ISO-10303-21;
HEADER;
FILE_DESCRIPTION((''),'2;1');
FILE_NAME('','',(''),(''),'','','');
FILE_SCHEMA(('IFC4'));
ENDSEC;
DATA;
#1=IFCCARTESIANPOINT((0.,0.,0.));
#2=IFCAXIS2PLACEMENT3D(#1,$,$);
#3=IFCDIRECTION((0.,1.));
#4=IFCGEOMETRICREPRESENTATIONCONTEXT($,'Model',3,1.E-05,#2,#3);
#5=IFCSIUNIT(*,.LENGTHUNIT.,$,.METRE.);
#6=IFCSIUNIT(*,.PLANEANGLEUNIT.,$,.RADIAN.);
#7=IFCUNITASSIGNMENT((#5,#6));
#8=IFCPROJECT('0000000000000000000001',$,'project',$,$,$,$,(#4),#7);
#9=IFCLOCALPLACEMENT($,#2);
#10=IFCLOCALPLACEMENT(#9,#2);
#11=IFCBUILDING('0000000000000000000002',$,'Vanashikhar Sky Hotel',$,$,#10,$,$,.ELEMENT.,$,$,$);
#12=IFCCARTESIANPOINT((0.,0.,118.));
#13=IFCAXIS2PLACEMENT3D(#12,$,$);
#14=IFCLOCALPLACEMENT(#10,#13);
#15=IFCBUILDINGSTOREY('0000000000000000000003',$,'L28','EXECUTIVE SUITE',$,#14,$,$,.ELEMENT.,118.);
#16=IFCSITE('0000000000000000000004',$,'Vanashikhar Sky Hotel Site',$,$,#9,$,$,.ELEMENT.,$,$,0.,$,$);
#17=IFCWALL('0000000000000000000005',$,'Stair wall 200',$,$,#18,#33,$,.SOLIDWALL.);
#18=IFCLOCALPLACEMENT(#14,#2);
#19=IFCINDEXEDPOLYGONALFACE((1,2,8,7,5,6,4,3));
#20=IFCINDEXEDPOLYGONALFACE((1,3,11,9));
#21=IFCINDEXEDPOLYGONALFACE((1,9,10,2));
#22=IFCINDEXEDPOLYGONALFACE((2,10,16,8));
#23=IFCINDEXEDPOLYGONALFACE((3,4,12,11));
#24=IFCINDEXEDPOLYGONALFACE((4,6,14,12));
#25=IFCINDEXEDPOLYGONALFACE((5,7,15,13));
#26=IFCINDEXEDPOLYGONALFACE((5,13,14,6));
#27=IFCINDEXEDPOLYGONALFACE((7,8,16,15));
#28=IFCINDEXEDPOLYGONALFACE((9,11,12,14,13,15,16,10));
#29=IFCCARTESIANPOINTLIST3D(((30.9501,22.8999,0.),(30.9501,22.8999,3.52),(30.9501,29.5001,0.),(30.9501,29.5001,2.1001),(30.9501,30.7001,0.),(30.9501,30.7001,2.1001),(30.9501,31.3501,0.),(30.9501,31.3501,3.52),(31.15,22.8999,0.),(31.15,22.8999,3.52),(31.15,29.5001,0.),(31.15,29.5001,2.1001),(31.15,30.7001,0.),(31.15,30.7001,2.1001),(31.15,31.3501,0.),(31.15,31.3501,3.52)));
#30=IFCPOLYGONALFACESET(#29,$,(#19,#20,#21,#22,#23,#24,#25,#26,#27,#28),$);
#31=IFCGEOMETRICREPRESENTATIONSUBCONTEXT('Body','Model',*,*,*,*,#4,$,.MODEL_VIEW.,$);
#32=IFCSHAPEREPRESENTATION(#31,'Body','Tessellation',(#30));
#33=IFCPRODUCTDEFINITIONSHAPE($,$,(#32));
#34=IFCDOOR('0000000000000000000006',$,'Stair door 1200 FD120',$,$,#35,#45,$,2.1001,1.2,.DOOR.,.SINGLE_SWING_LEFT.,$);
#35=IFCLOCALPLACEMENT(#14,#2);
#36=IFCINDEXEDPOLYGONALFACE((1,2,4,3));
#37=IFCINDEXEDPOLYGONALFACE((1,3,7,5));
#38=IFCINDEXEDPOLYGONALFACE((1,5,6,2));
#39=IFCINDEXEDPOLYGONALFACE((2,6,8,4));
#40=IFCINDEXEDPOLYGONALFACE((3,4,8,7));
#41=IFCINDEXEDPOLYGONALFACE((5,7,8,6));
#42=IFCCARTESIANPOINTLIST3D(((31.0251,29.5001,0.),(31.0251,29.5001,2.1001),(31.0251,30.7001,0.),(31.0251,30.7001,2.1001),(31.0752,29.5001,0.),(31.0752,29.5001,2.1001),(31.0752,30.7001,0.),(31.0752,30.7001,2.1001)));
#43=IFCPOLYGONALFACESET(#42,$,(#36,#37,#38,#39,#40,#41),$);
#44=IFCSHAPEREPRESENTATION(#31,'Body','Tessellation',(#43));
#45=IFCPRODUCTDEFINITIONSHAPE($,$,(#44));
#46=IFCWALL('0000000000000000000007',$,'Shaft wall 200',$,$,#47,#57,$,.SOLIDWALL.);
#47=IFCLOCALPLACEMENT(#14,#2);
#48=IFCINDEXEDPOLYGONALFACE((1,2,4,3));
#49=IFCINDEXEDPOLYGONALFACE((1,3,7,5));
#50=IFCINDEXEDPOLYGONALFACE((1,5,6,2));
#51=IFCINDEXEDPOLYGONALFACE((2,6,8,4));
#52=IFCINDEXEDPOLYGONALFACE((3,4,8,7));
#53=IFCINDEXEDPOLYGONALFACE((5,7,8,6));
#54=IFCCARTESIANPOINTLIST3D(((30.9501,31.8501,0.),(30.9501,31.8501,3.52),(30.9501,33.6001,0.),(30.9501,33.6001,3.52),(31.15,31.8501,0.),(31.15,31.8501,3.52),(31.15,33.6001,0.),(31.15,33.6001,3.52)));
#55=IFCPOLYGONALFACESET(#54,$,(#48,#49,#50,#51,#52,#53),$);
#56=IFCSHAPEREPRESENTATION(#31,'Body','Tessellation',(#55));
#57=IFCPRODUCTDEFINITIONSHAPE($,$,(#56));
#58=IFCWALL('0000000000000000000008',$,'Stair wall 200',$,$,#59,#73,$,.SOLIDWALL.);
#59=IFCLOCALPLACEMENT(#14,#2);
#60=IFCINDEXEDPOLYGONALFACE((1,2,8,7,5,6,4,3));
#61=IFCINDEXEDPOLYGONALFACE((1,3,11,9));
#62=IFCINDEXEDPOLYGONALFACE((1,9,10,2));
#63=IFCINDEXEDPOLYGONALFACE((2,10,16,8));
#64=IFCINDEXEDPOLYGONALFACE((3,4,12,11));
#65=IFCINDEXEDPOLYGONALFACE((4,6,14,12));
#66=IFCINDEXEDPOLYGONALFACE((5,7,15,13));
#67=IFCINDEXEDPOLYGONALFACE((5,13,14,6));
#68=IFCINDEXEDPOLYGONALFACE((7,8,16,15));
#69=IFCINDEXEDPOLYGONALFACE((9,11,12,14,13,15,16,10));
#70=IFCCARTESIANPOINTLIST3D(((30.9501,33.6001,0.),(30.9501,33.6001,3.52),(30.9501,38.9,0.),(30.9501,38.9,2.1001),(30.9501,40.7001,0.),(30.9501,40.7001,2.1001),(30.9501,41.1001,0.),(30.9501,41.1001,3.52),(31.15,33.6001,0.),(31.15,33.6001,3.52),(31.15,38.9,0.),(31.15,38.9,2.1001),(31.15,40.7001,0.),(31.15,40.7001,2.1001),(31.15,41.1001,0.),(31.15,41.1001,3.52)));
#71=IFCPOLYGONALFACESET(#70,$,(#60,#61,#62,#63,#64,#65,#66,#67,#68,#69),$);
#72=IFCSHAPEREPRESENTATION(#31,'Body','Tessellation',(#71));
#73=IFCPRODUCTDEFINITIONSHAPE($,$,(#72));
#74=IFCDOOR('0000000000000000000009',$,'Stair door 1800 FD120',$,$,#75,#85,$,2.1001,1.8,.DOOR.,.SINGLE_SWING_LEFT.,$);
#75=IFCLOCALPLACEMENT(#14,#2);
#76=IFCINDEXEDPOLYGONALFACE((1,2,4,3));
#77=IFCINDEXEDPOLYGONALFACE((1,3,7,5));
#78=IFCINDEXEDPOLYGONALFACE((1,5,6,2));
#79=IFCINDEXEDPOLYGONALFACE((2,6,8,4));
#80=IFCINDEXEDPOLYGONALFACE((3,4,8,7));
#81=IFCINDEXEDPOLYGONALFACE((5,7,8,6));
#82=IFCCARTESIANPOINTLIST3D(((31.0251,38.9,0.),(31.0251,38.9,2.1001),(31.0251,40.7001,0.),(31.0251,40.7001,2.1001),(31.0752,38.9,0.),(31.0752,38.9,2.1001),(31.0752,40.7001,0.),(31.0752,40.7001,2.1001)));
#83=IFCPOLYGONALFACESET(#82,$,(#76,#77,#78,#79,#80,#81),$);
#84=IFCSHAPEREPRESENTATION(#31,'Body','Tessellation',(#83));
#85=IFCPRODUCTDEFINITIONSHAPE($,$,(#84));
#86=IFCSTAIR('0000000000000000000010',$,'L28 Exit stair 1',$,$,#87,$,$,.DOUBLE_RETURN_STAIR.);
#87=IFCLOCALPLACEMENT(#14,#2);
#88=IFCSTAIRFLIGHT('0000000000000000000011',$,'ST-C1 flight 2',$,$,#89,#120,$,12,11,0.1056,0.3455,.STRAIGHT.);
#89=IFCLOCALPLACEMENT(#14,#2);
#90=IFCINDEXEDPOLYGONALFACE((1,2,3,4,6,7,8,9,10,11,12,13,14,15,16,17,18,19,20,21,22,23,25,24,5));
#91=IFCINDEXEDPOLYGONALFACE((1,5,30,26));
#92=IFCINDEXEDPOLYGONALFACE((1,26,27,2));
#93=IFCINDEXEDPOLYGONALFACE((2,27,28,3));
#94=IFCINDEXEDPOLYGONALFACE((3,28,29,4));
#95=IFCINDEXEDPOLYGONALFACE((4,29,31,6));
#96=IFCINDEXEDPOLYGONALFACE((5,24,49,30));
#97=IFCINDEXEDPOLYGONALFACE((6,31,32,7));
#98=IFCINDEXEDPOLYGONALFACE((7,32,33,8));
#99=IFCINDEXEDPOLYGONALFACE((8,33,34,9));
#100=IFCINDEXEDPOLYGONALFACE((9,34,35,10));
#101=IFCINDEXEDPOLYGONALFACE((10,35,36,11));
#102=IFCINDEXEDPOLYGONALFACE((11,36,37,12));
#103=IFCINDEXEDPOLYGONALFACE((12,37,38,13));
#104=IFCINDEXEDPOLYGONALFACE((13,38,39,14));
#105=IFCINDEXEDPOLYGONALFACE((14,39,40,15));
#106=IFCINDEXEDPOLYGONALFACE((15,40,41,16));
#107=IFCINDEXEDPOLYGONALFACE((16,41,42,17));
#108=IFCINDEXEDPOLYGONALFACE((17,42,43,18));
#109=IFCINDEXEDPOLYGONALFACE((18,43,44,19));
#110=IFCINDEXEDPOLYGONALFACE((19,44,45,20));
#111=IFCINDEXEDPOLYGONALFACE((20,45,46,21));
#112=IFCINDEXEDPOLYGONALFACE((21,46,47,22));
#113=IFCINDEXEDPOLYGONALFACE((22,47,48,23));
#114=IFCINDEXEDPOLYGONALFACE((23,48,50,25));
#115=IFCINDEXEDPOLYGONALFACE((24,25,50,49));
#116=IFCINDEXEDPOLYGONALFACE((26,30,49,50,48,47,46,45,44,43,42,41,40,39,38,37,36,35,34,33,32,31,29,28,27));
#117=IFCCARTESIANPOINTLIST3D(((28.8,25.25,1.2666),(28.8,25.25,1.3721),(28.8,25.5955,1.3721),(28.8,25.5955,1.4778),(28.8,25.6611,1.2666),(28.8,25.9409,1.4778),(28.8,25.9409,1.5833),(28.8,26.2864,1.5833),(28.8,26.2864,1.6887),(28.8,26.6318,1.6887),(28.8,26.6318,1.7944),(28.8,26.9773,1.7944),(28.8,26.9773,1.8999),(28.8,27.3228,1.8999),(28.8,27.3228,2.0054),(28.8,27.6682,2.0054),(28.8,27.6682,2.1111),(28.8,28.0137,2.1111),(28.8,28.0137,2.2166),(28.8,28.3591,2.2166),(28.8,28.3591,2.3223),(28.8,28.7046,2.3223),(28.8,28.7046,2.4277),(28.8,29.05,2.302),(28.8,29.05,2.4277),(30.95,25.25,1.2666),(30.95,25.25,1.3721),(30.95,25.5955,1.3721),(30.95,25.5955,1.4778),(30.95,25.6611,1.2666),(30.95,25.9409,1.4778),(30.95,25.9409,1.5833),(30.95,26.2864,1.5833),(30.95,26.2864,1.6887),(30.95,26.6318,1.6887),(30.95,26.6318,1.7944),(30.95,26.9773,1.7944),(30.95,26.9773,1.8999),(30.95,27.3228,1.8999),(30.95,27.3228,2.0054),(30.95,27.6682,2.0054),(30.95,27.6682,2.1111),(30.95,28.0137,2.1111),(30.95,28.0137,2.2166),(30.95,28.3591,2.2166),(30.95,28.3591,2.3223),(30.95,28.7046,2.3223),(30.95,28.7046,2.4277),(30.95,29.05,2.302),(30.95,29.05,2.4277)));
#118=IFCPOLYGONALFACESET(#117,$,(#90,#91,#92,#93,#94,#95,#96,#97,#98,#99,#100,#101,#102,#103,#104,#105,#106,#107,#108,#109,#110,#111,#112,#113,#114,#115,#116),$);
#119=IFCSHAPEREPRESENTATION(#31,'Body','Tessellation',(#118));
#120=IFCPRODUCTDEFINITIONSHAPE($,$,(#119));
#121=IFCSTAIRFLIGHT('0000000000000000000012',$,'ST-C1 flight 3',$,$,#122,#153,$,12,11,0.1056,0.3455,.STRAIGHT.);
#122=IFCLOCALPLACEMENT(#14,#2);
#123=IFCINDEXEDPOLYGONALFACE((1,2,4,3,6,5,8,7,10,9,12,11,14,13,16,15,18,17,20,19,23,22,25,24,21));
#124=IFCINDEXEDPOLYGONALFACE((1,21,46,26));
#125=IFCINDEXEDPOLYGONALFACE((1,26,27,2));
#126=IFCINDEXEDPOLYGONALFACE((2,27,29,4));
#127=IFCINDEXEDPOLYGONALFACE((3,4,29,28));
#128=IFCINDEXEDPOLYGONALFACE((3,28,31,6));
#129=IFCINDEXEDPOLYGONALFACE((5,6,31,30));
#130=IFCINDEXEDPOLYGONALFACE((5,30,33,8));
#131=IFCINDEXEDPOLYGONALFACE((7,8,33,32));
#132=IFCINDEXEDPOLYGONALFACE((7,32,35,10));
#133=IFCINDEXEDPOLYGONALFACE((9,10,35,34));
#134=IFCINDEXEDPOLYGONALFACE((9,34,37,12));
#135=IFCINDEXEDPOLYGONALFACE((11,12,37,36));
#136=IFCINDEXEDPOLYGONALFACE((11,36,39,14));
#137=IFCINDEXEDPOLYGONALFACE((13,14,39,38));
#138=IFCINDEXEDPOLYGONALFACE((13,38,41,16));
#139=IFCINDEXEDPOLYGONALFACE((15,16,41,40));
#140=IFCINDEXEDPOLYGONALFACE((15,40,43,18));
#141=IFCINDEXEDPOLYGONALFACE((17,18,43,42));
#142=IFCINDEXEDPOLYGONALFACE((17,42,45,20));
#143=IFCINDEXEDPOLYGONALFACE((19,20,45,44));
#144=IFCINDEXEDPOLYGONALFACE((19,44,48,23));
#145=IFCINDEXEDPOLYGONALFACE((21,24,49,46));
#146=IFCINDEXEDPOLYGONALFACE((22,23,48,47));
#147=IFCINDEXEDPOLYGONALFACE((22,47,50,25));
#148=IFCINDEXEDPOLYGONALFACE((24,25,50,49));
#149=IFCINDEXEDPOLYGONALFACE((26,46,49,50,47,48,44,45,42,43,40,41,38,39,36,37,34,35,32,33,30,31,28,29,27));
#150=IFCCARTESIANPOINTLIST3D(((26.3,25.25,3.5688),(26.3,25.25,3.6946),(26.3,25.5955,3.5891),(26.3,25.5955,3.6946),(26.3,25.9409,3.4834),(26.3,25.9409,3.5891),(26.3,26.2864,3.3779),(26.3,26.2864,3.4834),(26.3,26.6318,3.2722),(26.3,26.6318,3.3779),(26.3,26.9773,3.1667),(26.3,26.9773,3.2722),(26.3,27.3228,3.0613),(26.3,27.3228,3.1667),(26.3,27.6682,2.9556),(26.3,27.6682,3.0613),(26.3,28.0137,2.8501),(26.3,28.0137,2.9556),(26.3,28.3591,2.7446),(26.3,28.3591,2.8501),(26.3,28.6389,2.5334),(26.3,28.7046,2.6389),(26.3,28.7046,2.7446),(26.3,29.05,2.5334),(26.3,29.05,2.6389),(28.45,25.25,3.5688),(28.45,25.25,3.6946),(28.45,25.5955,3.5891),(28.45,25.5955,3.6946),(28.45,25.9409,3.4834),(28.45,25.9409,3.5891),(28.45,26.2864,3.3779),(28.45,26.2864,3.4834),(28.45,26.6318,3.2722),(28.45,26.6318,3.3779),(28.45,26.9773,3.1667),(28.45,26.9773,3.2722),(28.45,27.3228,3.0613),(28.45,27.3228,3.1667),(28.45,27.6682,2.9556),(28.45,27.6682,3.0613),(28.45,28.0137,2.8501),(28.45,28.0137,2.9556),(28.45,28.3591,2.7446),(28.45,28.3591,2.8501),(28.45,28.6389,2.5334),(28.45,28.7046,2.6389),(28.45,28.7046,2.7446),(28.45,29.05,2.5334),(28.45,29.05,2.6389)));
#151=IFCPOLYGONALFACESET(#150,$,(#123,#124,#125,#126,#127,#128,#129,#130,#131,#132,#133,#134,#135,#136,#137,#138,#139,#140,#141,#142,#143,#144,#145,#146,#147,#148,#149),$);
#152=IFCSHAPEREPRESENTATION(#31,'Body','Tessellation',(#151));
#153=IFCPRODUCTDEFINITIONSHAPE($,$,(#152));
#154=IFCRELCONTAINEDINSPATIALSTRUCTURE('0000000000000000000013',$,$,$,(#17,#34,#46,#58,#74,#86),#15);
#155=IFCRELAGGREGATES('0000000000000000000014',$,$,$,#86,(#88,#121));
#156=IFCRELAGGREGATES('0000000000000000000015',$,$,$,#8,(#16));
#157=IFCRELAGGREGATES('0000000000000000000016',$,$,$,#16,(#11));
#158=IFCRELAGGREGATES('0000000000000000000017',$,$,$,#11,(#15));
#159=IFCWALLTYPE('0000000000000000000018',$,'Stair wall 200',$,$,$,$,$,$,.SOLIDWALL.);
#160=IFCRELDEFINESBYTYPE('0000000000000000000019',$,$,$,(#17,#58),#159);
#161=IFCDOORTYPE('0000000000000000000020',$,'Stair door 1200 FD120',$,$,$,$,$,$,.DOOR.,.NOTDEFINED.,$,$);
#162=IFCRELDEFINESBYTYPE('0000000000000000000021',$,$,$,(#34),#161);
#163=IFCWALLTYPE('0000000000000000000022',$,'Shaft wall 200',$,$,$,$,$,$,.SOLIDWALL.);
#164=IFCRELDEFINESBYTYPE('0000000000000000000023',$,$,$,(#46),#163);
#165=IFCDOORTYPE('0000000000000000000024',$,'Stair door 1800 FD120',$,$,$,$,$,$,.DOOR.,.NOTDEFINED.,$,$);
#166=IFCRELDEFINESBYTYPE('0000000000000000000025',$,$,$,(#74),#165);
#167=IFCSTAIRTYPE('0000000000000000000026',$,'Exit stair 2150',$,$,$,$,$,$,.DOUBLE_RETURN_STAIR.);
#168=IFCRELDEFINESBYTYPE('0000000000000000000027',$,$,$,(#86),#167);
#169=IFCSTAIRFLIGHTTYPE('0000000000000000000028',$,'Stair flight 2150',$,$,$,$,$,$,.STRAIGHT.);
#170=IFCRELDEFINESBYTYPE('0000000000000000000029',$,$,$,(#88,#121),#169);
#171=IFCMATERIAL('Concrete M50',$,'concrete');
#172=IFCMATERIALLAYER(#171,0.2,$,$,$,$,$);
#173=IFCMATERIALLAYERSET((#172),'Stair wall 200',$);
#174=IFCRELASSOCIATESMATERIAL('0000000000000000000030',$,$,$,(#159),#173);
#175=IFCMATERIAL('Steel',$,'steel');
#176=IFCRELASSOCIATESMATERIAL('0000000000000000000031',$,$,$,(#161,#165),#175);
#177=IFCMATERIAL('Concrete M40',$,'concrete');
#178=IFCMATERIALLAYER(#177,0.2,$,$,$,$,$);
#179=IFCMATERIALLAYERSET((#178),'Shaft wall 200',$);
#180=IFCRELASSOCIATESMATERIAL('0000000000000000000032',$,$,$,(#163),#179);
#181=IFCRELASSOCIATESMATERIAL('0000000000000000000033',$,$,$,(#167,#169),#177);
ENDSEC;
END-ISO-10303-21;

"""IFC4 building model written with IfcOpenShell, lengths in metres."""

from ifc_helpers import new_model, si_unit, direction, frame, frame_2d, origin, place, context, subcontext, project, spatial, polyline, rectangle, outline, extrude, source, transform, mapped, material, layer, layer_set, type_object, element, fill, aggregate, save


model = new_model("IFC4")

# Units and contexts
model_context = context("Model", 3, precision=1e-05, world=origin(), true_north=direction((0.0, 1.0)))
body_context = subcontext(model_context, "Body", "Model", "MODEL_VIEW")
ifc_project = project(units=[si_unit("LENGTHUNIT", "METRE"), si_unit("PLANEANGLEUNIT", "RADIAN")], contexts=[model_context])

# Site, building, storey
site_placement = place(None, origin())
site = spatial("IfcSite", under=ifc_project, at=site_placement, Name="Vanashikhar Sky Hotel Site", CompositionType="ELEMENT", RefElevation=0.0)
building_placement = place(site_placement, origin())
building = spatial("IfcBuilding", under=site, at=building_placement, Name="Vanashikhar Sky Hotel", CompositionType="ELEMENT")
storey_placement = place(building_placement, frame((0.0, 0.0, 118.0)))
storey = spatial("IfcBuildingStorey", under=building, at=storey_placement, Name="L28", Description="EXECUTIVE SUITE", CompositionType="ELEMENT", Elevation=118.0)

# Wall, opening, door
ifc_material_1 = material(Name="Concrete M50", Category="concrete")
ifc_layer_1 = layer(ifc_material_1, 0.2)
ifc_layer_set_1 = layer_set([ifc_layer_1], Name="Stair wall 200")
wall_type_1 = type_object("IfcWallType", Name="Stair wall 200", PredefinedType="SOLIDWALL", material=ifc_layer_set_1)
shared_shape_1 = source(origin(), body_context, "Body", "SweptSolid", [
    extrude(rectangle(XDim=8.4502, YDim=0.2, at=frame_2d((4.2251, 0.0))), origin(), (0.0, 0.0, 1.0), 3.52),
])
wall_1_placement = place(storey_placement, frame((31.05, 22.8999, 0.0), z_axis=(0.0, 0.0, 1.0), x_axis=(0.0, 1.0, 0.0)))
wall_1 = element("IfcWall", 1, at=wall_1_placement, inside=storey, type_object=wall_type_1, Name="Stair wall 200", PredefinedType="SOLIDWALL", context=body_context, shape_type="MappedRepresentation", body=[
    mapped(shared_shape_1, transform((0.0, 0.0, 0.0), scale=1.0)),
])
shared_shape_2 = source(origin(), body_context, "Body", "SweptSolid", [
    extrude(rectangle(XDim=1.2, YDim=2.1001, at=frame_2d((0.6001, 1.05))), frame((0.0, 0.1099, 0.0), z_axis=(0.0, -1.0, 0.0), x_axis=(1.0, 0.0, 0.0)), (0.0, 0.0, 1.0), 0.22),
])
opening_1_placement = place(wall_1_placement, frame((6.6001, 0.0, 0.0)))
opening_1 = element("IfcOpeningElement", 2, at=opening_1_placement, cuts=wall_1, PredefinedType="OPENING", context=body_context, shape_type="MappedRepresentation", body=[
    mapped(shared_shape_2, transform((0.0, 0.0, 0.0), scale=1.0)),
])
ifc_material_2 = material(Name="Steel", Category="steel")
door_type_1 = type_object("IfcDoorType", Name="Stair door 1200 FD120", OperationType="NOTDEFINED", PredefinedType="DOOR", material=ifc_material_2)
shared_shape_3 = source(origin(), body_context, "Body", "SweptSolid", [
    extrude(rectangle(XDim=1.2, YDim=2.1001, at=frame_2d((0.6001, 1.05))), frame((0.0, 0.0249, 0.0), z_axis=(0.0, -1.0, 0.0), x_axis=(1.0, 0.0, 0.0)), (0.0, 0.0, 1.0), 0.05),
])
door_1_placement = place(opening_1_placement, origin())
door_1 = element("IfcDoor", 3, at=door_1_placement, inside=storey, type_object=door_type_1, Name="Stair door 1200 FD120", OperationType="SINGLE_SWING_LEFT", OverallHeight=2.1001, OverallWidth=1.2, PredefinedType="DOOR", context=body_context, shape_type="MappedRepresentation", body=[
    mapped(shared_shape_3, transform((0.0, 0.0, 0.0), scale=1.0)),
])
fill(opening_1, door_1)

# Wall
ifc_material_3 = material(Name="Concrete M40", Category="concrete")
ifc_layer_2 = layer(ifc_material_3, 0.2)
ifc_layer_set_2 = layer_set([ifc_layer_2], Name="Shaft wall 200")
wall_type_2 = type_object("IfcWallType", Name="Shaft wall 200", PredefinedType="SOLIDWALL", material=ifc_layer_set_2)
shared_shape_4 = source(origin(), body_context, "Body", "SweptSolid", [
    extrude(rectangle(XDim=1.75, YDim=0.2, at=frame_2d((0.875, 0.0))), origin(), (0.0, 0.0, 1.0), 3.52),
])
wall_2_placement = place(storey_placement, frame((31.05, 31.8501, 0.0), z_axis=(0.0, 0.0, 1.0), x_axis=(0.0, 1.0, 0.0)))
element("IfcWall", 4, at=wall_2_placement, inside=storey, type_object=wall_type_2, Name="Shaft wall 200", PredefinedType="SOLIDWALL", context=body_context, shape_type="MappedRepresentation", body=[
    mapped(shared_shape_4, transform((0.0, 0.0, 0.0), scale=1.0)),
])

# Wall, opening, door
shared_shape_5 = source(origin(), body_context, "Body", "SweptSolid", [
    extrude(rectangle(XDim=7.5, YDim=0.2, at=frame_2d((3.75, 0.0))), origin(), (0.0, 0.0, 1.0), 3.52),
])
wall_3_placement = place(storey_placement, frame((31.05, 33.6001, 0.0), z_axis=(0.0, 0.0, 1.0), x_axis=(0.0, 1.0, 0.0)))
wall_3 = element("IfcWall", 5, at=wall_3_placement, inside=storey, type_object=wall_type_1, Name="Stair wall 200", PredefinedType="SOLIDWALL", context=body_context, shape_type="MappedRepresentation", body=[
    mapped(shared_shape_5, transform((0.0, 0.0, 0.0), scale=1.0)),
])
shared_shape_6 = source(origin(), body_context, "Body", "SweptSolid", [
    extrude(rectangle(XDim=1.8, YDim=2.1001, at=frame_2d((0.8999, 1.05))), frame((0.0, 0.1099, 0.0), z_axis=(0.0, -1.0, 0.0), x_axis=(1.0, 0.0, 0.0)), (0.0, 0.0, 1.0), 0.22),
])
opening_2_placement = place(wall_3_placement, frame((5.3, 0.0, 0.0)))
opening_2 = element("IfcOpeningElement", 6, at=opening_2_placement, cuts=wall_3, PredefinedType="OPENING", context=body_context, shape_type="MappedRepresentation", body=[
    mapped(shared_shape_6, transform((0.0, 0.0, 0.0), scale=1.0)),
])
door_type_2 = type_object("IfcDoorType", Name="Stair door 1800 FD120", OperationType="NOTDEFINED", PredefinedType="DOOR", material=ifc_material_2)
shared_shape_7 = source(origin(), body_context, "Body", "SweptSolid", [
    extrude(rectangle(XDim=1.8, YDim=2.1001, at=frame_2d((0.8999, 1.05))), frame((0.0, 0.0249, 0.0), z_axis=(0.0, -1.0, 0.0), x_axis=(1.0, 0.0, 0.0)), (0.0, 0.0, 1.0), 0.05),
])
door_2_placement = place(opening_2_placement, origin())
door_2 = element("IfcDoor", 7, at=door_2_placement, inside=storey, type_object=door_type_2, Name="Stair door 1800 FD120", OperationType="SINGLE_SWING_LEFT", OverallHeight=2.1001, OverallWidth=1.8, PredefinedType="DOOR", context=body_context, shape_type="MappedRepresentation", body=[
    mapped(shared_shape_7, transform((0.0, 0.0, 0.0), scale=1.0)),
])
fill(opening_2, door_2)

# Stair, stair flights
stair_type = type_object("IfcStairType", Name="Exit stair 2150", PredefinedType="DOUBLE_RETURN_STAIR", material=ifc_material_3)
stair_1_placement = place(storey_placement, origin())
stair_1 = element("IfcStair", 8, at=stair_1_placement, inside=storey, type_object=stair_type, Name="L28 Exit stair 1", PredefinedType="DOUBLE_RETURN_STAIR")
stair_flight_type = type_object("IfcStairFlightType", Name="Stair flight 2150", PredefinedType="STRAIGHT", material=ifc_material_3)
shared_shape_8 = source(origin(), body_context, "Body", "SweptSolid", [
    extrude(outline(polyline([(0.0, 0.0), (0.0, 0.1055), (0.3455, 0.1055), (0.3455, 0.2112), (0.6909, 0.2112), (0.6909, 0.3167), (1.0364, 0.3167), (1.0364, 0.4221), (1.3818, 0.4221), (1.3818, 0.5278), (1.7273, 0.5278), (1.7273, 0.6333), (2.0728, 0.6333), (2.0728, 0.7388), (2.4182, 0.7388), (2.4182, 0.8445), (2.7637, 0.8445), (2.7637, 0.95), (3.1091, 0.95), (3.1091, 1.0557), (3.4546, 1.0557), (3.4546, 1.1611), (3.8, 1.1611), (3.8, 1.2666), (3.8, 1.0354), (0.4111, 0.0), (0.0, 0.0)])), frame((0.0, 1.075, 0.0), z_axis=(0.0, -1.0, 0.0), x_axis=(1.0, 0.0, 0.0)), (0.0, 0.0, 1.0), 2.1499),
])
stair_flight_1_placement = place(storey_placement, frame((29.875, 25.25, 1.2666), z_axis=(0.0, 0.0, 1.0), x_axis=(0.0, 1.0, 0.0)))
stair_flight_1 = element("IfcStairFlight", 9, at=stair_flight_1_placement, type_object=stair_flight_type, Name="ST-C1 flight 2", NumberOfRisers=12, NumberOfTreads=11, PredefinedType="STRAIGHT", RiserHeight=0.1056, TreadLength=0.3455, context=body_context, shape_type="MappedRepresentation", body=[
    mapped(shared_shape_8, transform((0.0, 0.0, 0.0), scale=1.0)),
])
stair_flight_2_placement = place(storey_placement, frame((27.375, 29.05, 2.5334), z_axis=(0.0, 0.0, 1.0), x_axis=(0.0, -1.0, 0.0)))
stair_flight_2 = element("IfcStairFlight", 10, at=stair_flight_2_placement, type_object=stair_flight_type, Name="ST-C1 flight 3", NumberOfRisers=12, NumberOfTreads=11, PredefinedType="STRAIGHT", RiserHeight=0.1056, TreadLength=0.3455, context=body_context, shape_type="MappedRepresentation", body=[
    mapped(shared_shape_8, transform((0.0, 0.0, 0.0), scale=1.0)),
])
aggregate(stair_1, [stair_flight_1, stair_flight_2])

save(model, "model.ifc")
